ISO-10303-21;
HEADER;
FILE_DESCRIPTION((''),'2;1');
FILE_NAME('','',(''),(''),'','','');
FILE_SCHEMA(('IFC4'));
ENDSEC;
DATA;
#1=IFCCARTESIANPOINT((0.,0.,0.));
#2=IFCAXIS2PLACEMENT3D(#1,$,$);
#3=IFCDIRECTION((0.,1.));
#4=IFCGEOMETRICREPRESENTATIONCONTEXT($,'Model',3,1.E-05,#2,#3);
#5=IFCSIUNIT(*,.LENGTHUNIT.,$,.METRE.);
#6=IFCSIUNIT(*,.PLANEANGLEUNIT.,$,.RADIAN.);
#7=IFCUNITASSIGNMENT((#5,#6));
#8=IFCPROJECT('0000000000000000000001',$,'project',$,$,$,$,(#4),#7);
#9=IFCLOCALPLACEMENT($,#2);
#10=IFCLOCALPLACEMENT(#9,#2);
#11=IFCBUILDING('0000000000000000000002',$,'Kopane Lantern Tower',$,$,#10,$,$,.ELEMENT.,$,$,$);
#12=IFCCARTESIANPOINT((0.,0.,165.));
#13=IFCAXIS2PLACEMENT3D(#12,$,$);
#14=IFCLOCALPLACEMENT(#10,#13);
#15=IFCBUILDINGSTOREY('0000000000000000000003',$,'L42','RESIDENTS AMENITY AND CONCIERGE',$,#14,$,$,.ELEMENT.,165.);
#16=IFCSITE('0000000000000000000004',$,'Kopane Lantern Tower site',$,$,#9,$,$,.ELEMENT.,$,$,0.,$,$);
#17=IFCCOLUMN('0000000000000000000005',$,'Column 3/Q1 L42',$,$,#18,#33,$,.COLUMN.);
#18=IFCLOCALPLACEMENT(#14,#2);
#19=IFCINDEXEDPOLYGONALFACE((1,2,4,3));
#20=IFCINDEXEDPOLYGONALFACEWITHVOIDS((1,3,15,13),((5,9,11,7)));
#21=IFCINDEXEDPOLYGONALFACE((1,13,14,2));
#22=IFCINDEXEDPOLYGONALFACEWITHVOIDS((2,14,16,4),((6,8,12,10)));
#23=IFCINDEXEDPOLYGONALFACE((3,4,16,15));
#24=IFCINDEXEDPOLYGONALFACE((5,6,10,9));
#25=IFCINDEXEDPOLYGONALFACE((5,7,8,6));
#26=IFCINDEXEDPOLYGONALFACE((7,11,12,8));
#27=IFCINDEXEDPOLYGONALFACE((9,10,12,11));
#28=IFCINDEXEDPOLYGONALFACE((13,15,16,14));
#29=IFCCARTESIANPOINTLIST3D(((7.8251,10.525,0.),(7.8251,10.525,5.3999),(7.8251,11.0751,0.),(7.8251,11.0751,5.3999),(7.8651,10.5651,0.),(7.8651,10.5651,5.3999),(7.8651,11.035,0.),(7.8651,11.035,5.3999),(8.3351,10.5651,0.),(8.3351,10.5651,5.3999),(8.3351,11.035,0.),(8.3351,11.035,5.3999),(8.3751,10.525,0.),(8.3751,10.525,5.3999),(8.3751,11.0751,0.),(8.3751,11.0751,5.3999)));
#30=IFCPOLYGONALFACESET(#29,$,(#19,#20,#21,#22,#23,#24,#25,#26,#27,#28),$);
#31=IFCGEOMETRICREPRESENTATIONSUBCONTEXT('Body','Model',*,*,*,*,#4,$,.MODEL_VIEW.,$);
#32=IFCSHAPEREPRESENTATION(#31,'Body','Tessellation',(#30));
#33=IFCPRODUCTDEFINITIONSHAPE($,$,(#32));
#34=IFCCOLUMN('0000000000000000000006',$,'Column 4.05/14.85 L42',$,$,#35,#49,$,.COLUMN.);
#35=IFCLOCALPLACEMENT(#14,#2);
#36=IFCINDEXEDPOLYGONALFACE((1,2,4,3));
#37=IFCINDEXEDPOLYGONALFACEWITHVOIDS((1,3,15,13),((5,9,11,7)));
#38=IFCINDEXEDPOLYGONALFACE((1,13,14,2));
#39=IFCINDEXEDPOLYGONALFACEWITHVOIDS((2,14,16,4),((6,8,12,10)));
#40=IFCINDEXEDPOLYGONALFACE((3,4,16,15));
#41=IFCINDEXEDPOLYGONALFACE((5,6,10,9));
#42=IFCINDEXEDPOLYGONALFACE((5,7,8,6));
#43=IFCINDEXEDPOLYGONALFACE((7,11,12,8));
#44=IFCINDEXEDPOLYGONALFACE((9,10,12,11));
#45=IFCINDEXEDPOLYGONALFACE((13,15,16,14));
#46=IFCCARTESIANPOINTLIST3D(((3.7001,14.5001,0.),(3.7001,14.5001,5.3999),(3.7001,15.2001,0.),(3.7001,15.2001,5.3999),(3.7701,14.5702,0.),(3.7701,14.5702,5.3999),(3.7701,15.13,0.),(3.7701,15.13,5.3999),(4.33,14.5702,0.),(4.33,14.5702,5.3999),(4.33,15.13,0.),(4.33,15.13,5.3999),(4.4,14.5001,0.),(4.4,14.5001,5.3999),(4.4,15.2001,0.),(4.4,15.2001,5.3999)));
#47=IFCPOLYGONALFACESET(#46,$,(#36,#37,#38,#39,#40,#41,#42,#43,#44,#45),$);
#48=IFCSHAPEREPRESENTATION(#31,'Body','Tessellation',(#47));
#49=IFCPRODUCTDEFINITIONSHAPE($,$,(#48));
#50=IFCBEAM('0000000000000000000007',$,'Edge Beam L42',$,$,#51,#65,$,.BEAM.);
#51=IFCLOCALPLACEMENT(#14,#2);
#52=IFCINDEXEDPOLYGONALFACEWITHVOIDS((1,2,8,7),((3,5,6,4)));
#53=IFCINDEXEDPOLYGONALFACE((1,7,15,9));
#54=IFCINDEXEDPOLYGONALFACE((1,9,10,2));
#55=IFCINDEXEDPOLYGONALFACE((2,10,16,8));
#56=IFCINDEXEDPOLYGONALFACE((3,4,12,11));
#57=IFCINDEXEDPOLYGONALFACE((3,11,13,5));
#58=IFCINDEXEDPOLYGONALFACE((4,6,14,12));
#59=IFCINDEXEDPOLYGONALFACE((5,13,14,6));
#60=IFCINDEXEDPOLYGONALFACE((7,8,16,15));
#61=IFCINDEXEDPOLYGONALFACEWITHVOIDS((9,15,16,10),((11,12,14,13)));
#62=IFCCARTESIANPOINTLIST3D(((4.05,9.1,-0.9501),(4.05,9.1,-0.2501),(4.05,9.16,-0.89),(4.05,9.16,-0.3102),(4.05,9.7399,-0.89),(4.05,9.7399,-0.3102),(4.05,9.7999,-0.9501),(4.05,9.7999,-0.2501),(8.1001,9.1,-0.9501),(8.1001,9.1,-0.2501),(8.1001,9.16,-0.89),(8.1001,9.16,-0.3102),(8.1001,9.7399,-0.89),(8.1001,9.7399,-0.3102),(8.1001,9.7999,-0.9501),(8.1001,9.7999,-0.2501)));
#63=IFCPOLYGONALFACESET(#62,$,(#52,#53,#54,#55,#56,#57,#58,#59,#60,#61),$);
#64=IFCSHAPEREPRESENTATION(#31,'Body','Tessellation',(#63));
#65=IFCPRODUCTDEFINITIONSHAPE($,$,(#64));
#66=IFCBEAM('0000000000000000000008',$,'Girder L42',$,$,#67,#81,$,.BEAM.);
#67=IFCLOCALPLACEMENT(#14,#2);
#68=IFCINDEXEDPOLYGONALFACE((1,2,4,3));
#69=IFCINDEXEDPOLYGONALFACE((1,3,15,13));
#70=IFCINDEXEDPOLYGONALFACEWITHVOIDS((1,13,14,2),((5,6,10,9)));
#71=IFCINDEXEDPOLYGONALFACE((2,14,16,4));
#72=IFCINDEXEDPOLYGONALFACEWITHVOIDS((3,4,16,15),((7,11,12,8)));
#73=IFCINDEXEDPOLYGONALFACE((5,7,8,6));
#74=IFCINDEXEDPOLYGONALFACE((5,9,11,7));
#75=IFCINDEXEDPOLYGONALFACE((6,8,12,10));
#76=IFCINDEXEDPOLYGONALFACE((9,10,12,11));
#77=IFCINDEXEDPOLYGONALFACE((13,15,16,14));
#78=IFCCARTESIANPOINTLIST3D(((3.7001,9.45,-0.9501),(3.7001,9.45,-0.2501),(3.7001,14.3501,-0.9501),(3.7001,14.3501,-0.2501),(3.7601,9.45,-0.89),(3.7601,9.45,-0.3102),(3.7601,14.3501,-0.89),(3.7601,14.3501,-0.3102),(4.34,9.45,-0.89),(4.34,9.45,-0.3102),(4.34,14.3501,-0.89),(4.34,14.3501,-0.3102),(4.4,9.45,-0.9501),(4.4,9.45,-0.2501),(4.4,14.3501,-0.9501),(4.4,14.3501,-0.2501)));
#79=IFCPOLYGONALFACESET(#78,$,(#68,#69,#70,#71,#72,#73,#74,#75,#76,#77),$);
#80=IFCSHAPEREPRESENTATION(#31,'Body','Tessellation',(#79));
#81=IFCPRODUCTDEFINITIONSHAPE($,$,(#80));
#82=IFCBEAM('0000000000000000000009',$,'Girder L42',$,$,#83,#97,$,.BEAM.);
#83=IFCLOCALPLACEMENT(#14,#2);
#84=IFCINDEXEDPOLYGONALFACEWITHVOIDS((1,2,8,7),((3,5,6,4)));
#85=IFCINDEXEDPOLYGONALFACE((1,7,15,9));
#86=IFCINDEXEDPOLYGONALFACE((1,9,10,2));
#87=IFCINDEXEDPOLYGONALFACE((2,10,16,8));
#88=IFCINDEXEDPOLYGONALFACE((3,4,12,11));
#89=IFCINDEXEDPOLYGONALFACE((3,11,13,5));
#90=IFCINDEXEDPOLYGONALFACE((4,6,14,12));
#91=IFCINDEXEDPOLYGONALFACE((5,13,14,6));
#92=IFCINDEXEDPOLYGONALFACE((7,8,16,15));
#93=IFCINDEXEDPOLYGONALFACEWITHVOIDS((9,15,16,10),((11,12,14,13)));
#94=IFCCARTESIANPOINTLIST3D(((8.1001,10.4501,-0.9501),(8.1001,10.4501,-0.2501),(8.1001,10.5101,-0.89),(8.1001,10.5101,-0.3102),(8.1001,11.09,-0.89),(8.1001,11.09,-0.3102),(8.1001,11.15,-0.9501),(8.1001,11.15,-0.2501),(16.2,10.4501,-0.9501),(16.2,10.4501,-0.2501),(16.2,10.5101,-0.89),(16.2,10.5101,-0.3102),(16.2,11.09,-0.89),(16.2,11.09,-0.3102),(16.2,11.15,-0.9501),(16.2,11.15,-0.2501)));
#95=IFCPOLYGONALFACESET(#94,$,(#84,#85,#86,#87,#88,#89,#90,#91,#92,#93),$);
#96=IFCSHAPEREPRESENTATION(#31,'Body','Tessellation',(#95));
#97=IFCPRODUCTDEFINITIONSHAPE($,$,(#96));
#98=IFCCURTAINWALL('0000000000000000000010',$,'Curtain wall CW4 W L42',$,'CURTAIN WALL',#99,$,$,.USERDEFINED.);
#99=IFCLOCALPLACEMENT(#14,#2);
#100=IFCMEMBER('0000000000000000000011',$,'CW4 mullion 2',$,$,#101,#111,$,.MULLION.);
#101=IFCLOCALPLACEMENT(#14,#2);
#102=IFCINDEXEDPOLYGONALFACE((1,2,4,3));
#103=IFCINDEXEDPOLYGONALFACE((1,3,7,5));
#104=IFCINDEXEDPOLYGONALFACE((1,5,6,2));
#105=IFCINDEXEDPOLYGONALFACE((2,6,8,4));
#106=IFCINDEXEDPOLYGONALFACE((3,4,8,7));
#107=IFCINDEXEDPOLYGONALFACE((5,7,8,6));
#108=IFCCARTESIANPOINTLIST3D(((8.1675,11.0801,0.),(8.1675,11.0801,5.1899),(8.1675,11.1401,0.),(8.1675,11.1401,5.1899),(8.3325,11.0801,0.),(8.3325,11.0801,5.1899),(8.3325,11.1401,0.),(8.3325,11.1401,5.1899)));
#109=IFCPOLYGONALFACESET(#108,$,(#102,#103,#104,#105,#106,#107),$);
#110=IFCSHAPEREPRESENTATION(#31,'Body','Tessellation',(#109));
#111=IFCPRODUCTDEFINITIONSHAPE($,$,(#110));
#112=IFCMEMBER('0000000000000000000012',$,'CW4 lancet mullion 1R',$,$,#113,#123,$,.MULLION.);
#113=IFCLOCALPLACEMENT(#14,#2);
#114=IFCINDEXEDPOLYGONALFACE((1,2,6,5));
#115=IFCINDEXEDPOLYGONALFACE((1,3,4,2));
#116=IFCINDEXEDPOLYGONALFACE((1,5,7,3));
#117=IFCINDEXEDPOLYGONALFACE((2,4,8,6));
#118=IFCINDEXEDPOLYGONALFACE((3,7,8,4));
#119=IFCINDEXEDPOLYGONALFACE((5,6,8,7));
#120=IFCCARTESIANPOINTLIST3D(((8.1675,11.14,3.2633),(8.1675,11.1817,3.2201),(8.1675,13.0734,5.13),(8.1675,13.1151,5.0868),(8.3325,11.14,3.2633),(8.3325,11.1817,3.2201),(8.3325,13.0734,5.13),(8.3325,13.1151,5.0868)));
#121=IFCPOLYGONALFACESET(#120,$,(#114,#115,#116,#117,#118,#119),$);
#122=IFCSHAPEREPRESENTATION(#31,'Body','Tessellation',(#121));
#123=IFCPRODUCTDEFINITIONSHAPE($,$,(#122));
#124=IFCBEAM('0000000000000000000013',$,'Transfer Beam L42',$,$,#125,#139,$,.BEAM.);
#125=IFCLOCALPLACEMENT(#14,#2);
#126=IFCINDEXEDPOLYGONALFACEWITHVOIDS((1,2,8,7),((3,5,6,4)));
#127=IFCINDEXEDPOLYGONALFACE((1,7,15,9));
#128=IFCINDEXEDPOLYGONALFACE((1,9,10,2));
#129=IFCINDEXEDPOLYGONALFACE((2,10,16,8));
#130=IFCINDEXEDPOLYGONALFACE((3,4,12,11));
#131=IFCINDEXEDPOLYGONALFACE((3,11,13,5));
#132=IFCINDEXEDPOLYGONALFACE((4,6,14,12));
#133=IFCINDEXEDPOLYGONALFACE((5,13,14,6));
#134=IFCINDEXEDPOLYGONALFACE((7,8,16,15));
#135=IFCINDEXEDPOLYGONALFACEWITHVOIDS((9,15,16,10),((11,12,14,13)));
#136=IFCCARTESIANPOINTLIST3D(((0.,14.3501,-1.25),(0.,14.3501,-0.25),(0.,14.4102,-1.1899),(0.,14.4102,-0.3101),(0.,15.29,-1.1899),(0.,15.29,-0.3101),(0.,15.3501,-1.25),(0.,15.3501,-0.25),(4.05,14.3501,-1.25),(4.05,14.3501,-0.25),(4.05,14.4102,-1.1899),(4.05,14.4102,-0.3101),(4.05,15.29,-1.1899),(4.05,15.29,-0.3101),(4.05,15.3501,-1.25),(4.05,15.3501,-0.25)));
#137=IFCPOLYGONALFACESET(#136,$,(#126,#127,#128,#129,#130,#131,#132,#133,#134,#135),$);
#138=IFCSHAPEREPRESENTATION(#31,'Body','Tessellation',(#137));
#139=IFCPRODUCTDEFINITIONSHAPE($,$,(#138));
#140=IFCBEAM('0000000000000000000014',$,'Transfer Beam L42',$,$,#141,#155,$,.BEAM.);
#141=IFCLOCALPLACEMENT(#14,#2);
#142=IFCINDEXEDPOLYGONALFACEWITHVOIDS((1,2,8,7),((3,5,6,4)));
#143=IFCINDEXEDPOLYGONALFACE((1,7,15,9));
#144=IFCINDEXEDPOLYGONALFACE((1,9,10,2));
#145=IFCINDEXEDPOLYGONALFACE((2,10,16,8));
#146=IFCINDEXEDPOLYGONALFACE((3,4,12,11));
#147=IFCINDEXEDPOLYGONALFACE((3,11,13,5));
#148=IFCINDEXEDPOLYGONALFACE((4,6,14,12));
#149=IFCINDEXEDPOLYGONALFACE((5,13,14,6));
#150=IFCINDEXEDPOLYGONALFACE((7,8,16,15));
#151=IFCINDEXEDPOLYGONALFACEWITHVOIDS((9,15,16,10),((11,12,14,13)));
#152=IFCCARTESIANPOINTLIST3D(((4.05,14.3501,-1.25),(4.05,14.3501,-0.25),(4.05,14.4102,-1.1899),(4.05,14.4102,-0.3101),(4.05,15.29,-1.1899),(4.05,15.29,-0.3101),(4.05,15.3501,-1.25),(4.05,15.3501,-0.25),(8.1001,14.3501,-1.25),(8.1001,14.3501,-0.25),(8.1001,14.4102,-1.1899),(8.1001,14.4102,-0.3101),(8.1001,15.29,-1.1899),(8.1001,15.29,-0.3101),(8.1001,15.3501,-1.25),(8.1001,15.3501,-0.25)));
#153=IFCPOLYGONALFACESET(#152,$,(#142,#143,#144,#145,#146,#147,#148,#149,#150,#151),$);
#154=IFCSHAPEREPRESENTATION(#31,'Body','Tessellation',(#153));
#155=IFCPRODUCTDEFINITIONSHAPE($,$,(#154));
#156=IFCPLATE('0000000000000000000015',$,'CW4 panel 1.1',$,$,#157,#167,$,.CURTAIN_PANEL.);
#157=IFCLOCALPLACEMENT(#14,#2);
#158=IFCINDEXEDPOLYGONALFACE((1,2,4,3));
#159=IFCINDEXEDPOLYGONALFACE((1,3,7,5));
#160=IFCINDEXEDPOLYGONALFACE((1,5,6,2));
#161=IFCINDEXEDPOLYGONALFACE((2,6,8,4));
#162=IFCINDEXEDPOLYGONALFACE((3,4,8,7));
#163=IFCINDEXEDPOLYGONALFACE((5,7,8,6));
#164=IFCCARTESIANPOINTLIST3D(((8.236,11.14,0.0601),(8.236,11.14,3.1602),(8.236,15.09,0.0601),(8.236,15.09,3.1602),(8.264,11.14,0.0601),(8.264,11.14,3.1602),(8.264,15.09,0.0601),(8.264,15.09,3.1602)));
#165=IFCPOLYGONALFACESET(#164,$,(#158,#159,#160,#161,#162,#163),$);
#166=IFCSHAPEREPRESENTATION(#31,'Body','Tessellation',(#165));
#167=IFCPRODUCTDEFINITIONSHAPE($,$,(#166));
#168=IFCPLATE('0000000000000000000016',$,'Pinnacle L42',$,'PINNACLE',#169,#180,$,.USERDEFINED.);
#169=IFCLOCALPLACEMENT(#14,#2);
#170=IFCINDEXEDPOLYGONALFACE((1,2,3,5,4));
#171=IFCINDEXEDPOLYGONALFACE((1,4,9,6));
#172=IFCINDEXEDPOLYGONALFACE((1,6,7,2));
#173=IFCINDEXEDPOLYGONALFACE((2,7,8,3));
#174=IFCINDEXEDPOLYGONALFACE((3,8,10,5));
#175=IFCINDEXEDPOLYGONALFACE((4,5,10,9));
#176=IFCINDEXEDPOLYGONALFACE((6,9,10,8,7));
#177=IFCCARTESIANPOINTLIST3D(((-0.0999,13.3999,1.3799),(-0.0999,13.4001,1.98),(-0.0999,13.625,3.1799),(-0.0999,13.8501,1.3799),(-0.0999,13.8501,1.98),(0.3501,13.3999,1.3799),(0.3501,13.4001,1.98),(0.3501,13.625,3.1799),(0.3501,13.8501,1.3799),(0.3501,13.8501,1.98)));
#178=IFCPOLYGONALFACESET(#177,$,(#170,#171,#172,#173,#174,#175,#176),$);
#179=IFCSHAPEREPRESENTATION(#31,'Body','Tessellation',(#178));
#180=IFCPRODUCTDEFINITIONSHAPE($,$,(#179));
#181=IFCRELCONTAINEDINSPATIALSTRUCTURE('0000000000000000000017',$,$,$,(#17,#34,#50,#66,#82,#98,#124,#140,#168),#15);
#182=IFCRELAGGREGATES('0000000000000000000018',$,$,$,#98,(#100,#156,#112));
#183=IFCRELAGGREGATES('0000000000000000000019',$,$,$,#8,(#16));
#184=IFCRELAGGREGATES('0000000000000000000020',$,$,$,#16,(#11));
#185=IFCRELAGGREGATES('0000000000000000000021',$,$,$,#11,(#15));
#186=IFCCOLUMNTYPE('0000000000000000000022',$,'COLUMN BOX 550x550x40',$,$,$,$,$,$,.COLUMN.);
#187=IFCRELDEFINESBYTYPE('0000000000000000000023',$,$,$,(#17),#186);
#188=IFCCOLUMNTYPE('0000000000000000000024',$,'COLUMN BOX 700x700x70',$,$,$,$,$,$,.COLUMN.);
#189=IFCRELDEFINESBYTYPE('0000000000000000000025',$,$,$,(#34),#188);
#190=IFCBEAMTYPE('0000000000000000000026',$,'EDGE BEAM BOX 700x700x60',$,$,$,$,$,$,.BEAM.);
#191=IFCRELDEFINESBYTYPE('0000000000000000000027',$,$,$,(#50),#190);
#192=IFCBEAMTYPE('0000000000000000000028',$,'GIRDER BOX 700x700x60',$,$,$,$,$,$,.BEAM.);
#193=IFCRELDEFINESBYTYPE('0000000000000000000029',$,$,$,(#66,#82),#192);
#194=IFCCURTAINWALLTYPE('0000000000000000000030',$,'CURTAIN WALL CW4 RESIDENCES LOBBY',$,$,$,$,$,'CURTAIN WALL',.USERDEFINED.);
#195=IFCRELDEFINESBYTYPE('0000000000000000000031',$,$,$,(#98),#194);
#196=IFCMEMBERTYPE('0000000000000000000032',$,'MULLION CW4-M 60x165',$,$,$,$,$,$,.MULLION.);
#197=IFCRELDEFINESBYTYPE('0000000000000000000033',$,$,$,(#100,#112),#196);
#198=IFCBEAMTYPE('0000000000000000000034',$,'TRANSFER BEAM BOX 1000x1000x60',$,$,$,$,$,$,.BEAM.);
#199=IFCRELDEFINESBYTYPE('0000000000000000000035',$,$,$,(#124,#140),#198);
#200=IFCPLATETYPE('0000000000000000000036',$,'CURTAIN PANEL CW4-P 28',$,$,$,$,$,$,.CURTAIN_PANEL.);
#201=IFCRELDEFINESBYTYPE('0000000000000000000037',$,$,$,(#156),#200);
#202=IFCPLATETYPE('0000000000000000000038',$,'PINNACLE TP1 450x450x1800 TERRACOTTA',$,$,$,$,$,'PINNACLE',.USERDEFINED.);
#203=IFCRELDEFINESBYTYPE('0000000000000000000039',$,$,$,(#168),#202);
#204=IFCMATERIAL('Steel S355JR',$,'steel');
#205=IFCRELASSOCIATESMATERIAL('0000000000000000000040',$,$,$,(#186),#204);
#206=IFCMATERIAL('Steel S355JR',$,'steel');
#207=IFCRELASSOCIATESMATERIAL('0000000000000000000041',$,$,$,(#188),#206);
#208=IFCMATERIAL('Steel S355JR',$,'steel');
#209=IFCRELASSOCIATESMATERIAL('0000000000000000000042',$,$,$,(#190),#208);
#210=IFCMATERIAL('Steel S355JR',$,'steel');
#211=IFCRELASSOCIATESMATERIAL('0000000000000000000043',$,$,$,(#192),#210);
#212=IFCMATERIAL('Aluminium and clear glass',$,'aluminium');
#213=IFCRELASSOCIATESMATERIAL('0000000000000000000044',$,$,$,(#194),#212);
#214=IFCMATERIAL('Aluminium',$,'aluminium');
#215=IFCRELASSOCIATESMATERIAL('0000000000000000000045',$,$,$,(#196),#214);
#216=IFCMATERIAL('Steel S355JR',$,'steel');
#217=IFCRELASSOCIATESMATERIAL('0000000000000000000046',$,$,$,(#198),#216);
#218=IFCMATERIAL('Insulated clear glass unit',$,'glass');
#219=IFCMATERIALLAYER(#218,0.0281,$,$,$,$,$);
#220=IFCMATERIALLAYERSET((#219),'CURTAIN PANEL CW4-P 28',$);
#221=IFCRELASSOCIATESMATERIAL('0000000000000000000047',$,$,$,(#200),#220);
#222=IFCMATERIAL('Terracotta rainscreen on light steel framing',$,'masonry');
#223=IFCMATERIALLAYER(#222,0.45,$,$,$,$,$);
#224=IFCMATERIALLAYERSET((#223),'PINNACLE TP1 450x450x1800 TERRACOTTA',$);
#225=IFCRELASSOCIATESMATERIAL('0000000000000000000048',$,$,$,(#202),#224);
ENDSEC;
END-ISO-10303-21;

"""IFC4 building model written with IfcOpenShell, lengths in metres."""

from ifc_helpers import new_model, si_unit, direction, frame, origin, origin_2d, place, context, subcontext, project, spatial, polyline, rectangle, hollow_rectangle, outline, extrude, material, layer, layer_set, material_profile, profile_set, type_object, element, aggregate, save


model = new_model("IFC4")

# Units and contexts
model_context = context("Model", 3, precision=1e-05, world=origin(), true_north=direction((0.0, 1.0)))
body_context = subcontext(model_context, "Body", "Model", "MODEL_VIEW")
ifc_project = project(units=[si_unit("LENGTHUNIT", "METRE"), si_unit("PLANEANGLEUNIT", "RADIAN")], contexts=[model_context])

# Site, building, storey
site_placement = place(None, origin())
site = spatial("IfcSite", under=ifc_project, at=site_placement, Name="Kopane Lantern Tower site", CompositionType="ELEMENT", RefElevation=0.0)
building_placement = place(site_placement, origin())
building = spatial("IfcBuilding", under=site, at=building_placement, Name="Kopane Lantern Tower", CompositionType="ELEMENT")
storey_placement = place(building_placement, frame((0.0, 0.0, 165.0)))
storey = spatial("IfcBuildingStorey", under=building, at=storey_placement, Name="L42", Description="RESIDENTS AMENITY AND CONCIERGE", CompositionType="ELEMENT", Elevation=165.0)

# Columns
ifc_material_1 = material(Name="Steel S355JR", Category="steel")
ifc_material_profile_1 = material_profile(ifc_material_1, hollow_rectangle(XDim=0.55, YDim=0.55, WallThickness=0.04, at=origin_2d()), Name="BOX 550x550x40")
ifc_profile_set_1 = profile_set([ifc_material_profile_1], Name="Steel S355JR")
column_type_1 = type_object("IfcColumnType", Name="COLUMN BOX 550x550x40", PredefinedType="COLUMN", material=ifc_profile_set_1)
column_1_placement = place(storey_placement, frame((8.1001, 10.8, 0.0), z_axis=(0.0, 0.0, 1.0), x_axis=(1.0, 0.0, 0.0)))
element("IfcColumn", 1, at=column_1_placement, inside=storey, type_object=column_type_1, Name="Column 3/Q1 L42", PredefinedType="COLUMN", context=body_context, shape_type="SweptSolid", body=[
    extrude(hollow_rectangle(XDim=0.55, YDim=0.55, WallThickness=0.04, at=origin_2d()), origin(), (0.0, 0.0, 1.0), 5.3999),
])
ifc_material_2 = material(Name="Steel S355JR", Category="steel")
ifc_material_profile_2 = material_profile(ifc_material_2, hollow_rectangle(XDim=0.7, YDim=0.7, WallThickness=0.0701, at=origin_2d()), Name="BOX 700x700x70")
ifc_profile_set_2 = profile_set([ifc_material_profile_2], Name="Steel S355JR")
column_type_2 = type_object("IfcColumnType", Name="COLUMN BOX 700x700x70", PredefinedType="COLUMN", material=ifc_profile_set_2)
column_2_placement = place(storey_placement, frame((4.05, 14.8501, 0.0), z_axis=(0.0, 0.0, 1.0), x_axis=(1.0, 0.0, 0.0)))
element("IfcColumn", 2, at=column_2_placement, inside=storey, type_object=column_type_2, Name="Column 4.05/14.85 L42", PredefinedType="COLUMN", context=body_context, shape_type="SweptSolid", body=[
    extrude(hollow_rectangle(XDim=0.7, YDim=0.7, WallThickness=0.0701, at=origin_2d()), origin(), (0.0, 0.0, 1.0), 5.3999),
])

# Beams
ifc_material_3 = material(Name="Steel S355JR", Category="steel")
ifc_material_profile_3 = material_profile(ifc_material_3, hollow_rectangle(XDim=0.7, YDim=0.7, WallThickness=0.0601, at=origin_2d()), Name="BOX 700x700x60")
ifc_profile_set_3 = profile_set([ifc_material_profile_3], Name="Steel S355JR")
beam_type_1 = type_object("IfcBeamType", Name="EDGE BEAM BOX 700x700x60", PredefinedType="BEAM", material=ifc_profile_set_3)
beam_1_placement = place(storey_placement, frame((4.05, 9.45, -0.6001), z_axis=(1.0, 0.0, 0.0), x_axis=(0.0, 1.0, 0.0)))
element("IfcBeam", 3, at=beam_1_placement, inside=storey, type_object=beam_type_1, Name="Edge Beam L42", PredefinedType="BEAM", context=body_context, shape_type="SweptSolid", body=[
    extrude(hollow_rectangle(XDim=0.7, YDim=0.7, WallThickness=0.0601, at=origin_2d()), origin(), (0.0, 0.0, 1.0), 4.05),
])
ifc_material_4 = material(Name="Steel S355JR", Category="steel")
ifc_material_profile_4 = material_profile(ifc_material_4, hollow_rectangle(XDim=0.7, YDim=0.7, WallThickness=0.0601, at=origin_2d()), Name="BOX 700x700x60")
ifc_profile_set_4 = profile_set([ifc_material_profile_4], Name="Steel S355JR")
beam_type_2 = type_object("IfcBeamType", Name="GIRDER BOX 700x700x60", PredefinedType="BEAM", material=ifc_profile_set_4)
beam_2_placement = place(storey_placement, frame((4.05, 9.45, -0.6001), z_axis=(0.0, 1.0, 0.0), x_axis=(-1.0, 0.0, 0.0)))
element("IfcBeam", 4, at=beam_2_placement, inside=storey, type_object=beam_type_2, Name="Girder L42", PredefinedType="BEAM", context=body_context, shape_type="SweptSolid", body=[
    extrude(hollow_rectangle(XDim=0.7, YDim=0.7, WallThickness=0.0601, at=origin_2d()), origin(), (0.0, 0.0, 1.0), 4.9001),
])
beam_3_placement = place(storey_placement, frame((8.1001, 10.8, -0.6001), z_axis=(1.0, 0.0, 0.0), x_axis=(0.0, 1.0, 0.0)))
element("IfcBeam", 5, at=beam_3_placement, inside=storey, type_object=beam_type_2, Name="Girder L42", PredefinedType="BEAM", context=body_context, shape_type="SweptSolid", body=[
    extrude(hollow_rectangle(XDim=0.7, YDim=0.7, WallThickness=0.0601, at=origin_2d()), origin(), (0.0, 0.0, 1.0), 8.0999),
])

# Curtain wall, members
ifc_material_5 = material(Name="Aluminium and clear glass", Category="aluminium")
curtain_wall_type = type_object("IfcCurtainWallType", Name="CURTAIN WALL CW4 RESIDENCES LOBBY", ElementType="CURTAIN WALL", PredefinedType="USERDEFINED", material=ifc_material_5)
curtain_wall_placement = place(storey_placement, origin())
curtain_wall = element("IfcCurtainWall", 6, at=curtain_wall_placement, inside=storey, type_object=curtain_wall_type, Name="Curtain wall CW4 W L42", ObjectType="CURTAIN WALL", PredefinedType="USERDEFINED")
ifc_material_6 = material(Name="Aluminium", Category="aluminium")
ifc_material_profile_5 = material_profile(ifc_material_6, rectangle(XDim=0.0601, YDim=0.165, at=origin_2d()), Name="AL 60x165")
ifc_profile_set_5 = profile_set([ifc_material_profile_5], Name="Aluminium")
member_type = type_object("IfcMemberType", Name="MULLION CW4-M 60x165", PredefinedType="MULLION", material=ifc_profile_set_5)
member_1_placement = place(storey_placement, frame((8.25, 11.1101, 0.0), z_axis=(0.0, 0.0, 1.0), x_axis=(0.0, -1.0, 0.0)))
member_1 = element("IfcMember", 7, at=member_1_placement, type_object=member_type, Name="CW4 mullion 2", PredefinedType="MULLION", context=body_context, shape_type="SweptSolid", body=[
    extrude(rectangle(XDim=0.0601, YDim=0.165, at=origin_2d()), origin(), (0.0, 0.0, 1.0), 5.1899),
])
member_2_placement = place(storey_placement, frame((8.25, 11.1609, 3.2417), z_axis=(0.0, 0.719398, 0.694598), x_axis=(0.0, -0.694598, 0.719398)))
member_2 = element("IfcMember", 8, at=member_2_placement, type_object=member_type, Name="CW4 lancet mullion 1R", PredefinedType="MULLION", context=body_context, shape_type="SweptSolid", body=[
    extrude(rectangle(XDim=0.0601, YDim=0.165, at=origin_2d()), origin(), (0.0, 0.0, 1.0), 2.6875),
])

# Beams
ifc_material_7 = material(Name="Steel S355JR", Category="steel")
ifc_material_profile_6 = material_profile(ifc_material_7, hollow_rectangle(XDim=1.0, YDim=1.0, WallThickness=0.0601, at=origin_2d()), Name="BOX 1000x1000x60")
ifc_profile_set_6 = profile_set([ifc_material_profile_6], Name="Steel S355JR")
beam_type_3 = type_object("IfcBeamType", Name="TRANSFER BEAM BOX 1000x1000x60", PredefinedType="BEAM", material=ifc_profile_set_6)
for number, where, z_axis, x_axis, name in (
    (9, (0.0, 14.8501, -0.75), (1.0, 0.0, 0.0), (0.0, 1.0, 0.0), "Transfer Beam L42"),
    (10, (4.05, 14.8501, -0.75), (1.0, 0.0, 0.0), (0.0, 1.0, 0.0), "Transfer Beam L42"),
):
    element("IfcBeam", number, at=place(storey_placement, frame(where, z_axis=z_axis, x_axis=x_axis)), inside=storey, type_object=beam_type_3, Name=name, PredefinedType="BEAM", context=body_context, shape_type="SweptSolid", body=[
        extrude(hollow_rectangle(XDim=1.0, YDim=1.0, WallThickness=0.0601, at=origin_2d()), origin(), (0.0, 0.0, 1.0), 4.05),
    ])

# Plate
ifc_material_8 = material(Name="Insulated clear glass unit", Category="glass")
ifc_layer_1 = layer(ifc_material_8, 0.0281)
ifc_layer_set_1 = layer_set([ifc_layer_1], Name="CURTAIN PANEL CW4-P 28")
plate_type_1 = type_object("IfcPlateType", Name="CURTAIN PANEL CW4-P 28", PredefinedType="CURTAIN_PANEL", material=ifc_layer_set_1)
plate_1_placement = place(storey_placement, frame((8.25, 13.115, 0.0601), z_axis=(0.0, 0.0, 1.0), x_axis=(0.0, -1.0, 0.0)))
plate_1 = element("IfcPlate", 11, at=plate_1_placement, type_object=plate_type_1, Name="CW4 panel 1.1", PredefinedType="CURTAIN_PANEL", context=body_context, shape_type="SweptSolid", body=[
    extrude(rectangle(XDim=3.95, YDim=0.0281, at=origin_2d()), origin(), (0.0, 0.0, 1.0), 3.1001),
])
aggregate(curtain_wall, [member_1, plate_1, member_2])

# Plate
ifc_material_9 = material(Name="Terracotta rainscreen on light steel framing", Category="masonry")
ifc_layer_2 = layer(ifc_material_9, 0.45)
ifc_layer_set_2 = layer_set([ifc_layer_2], Name="PINNACLE TP1 450x450x1800 TERRACOTTA")
plate_type_2 = type_object("IfcPlateType", Name="PINNACLE TP1 450x450x1800 TERRACOTTA", ElementType="PINNACLE", PredefinedType="USERDEFINED", material=ifc_layer_set_2)
plate_2_placement = place(storey_placement, frame((0.125, 13.8501, 1.3799), z_axis=(0.0, 0.0, 1.0), x_axis=(0.0, -1.0, 0.0)))
element("IfcPlate", 12, at=plate_2_placement, inside=storey, type_object=plate_type_2, Name="Pinnacle L42", ObjectType="PINNACLE", PredefinedType="USERDEFINED", context=body_context, shape_type="SweptSolid", body=[
    extrude(outline(polyline([(0.0, 0.0), (0.4502, 0.0), (0.45, 0.6001), (0.2251, 1.8), (0.0, 0.6001), (0.0, 0.0)])), frame((0.0, 0.2251, 0.0), z_axis=(0.0, -1.0, 0.0), x_axis=(1.0, 0.0, 0.0)), (0.0, 0.0, 1.0), 0.45),
])

save(model, "model.ifc")
